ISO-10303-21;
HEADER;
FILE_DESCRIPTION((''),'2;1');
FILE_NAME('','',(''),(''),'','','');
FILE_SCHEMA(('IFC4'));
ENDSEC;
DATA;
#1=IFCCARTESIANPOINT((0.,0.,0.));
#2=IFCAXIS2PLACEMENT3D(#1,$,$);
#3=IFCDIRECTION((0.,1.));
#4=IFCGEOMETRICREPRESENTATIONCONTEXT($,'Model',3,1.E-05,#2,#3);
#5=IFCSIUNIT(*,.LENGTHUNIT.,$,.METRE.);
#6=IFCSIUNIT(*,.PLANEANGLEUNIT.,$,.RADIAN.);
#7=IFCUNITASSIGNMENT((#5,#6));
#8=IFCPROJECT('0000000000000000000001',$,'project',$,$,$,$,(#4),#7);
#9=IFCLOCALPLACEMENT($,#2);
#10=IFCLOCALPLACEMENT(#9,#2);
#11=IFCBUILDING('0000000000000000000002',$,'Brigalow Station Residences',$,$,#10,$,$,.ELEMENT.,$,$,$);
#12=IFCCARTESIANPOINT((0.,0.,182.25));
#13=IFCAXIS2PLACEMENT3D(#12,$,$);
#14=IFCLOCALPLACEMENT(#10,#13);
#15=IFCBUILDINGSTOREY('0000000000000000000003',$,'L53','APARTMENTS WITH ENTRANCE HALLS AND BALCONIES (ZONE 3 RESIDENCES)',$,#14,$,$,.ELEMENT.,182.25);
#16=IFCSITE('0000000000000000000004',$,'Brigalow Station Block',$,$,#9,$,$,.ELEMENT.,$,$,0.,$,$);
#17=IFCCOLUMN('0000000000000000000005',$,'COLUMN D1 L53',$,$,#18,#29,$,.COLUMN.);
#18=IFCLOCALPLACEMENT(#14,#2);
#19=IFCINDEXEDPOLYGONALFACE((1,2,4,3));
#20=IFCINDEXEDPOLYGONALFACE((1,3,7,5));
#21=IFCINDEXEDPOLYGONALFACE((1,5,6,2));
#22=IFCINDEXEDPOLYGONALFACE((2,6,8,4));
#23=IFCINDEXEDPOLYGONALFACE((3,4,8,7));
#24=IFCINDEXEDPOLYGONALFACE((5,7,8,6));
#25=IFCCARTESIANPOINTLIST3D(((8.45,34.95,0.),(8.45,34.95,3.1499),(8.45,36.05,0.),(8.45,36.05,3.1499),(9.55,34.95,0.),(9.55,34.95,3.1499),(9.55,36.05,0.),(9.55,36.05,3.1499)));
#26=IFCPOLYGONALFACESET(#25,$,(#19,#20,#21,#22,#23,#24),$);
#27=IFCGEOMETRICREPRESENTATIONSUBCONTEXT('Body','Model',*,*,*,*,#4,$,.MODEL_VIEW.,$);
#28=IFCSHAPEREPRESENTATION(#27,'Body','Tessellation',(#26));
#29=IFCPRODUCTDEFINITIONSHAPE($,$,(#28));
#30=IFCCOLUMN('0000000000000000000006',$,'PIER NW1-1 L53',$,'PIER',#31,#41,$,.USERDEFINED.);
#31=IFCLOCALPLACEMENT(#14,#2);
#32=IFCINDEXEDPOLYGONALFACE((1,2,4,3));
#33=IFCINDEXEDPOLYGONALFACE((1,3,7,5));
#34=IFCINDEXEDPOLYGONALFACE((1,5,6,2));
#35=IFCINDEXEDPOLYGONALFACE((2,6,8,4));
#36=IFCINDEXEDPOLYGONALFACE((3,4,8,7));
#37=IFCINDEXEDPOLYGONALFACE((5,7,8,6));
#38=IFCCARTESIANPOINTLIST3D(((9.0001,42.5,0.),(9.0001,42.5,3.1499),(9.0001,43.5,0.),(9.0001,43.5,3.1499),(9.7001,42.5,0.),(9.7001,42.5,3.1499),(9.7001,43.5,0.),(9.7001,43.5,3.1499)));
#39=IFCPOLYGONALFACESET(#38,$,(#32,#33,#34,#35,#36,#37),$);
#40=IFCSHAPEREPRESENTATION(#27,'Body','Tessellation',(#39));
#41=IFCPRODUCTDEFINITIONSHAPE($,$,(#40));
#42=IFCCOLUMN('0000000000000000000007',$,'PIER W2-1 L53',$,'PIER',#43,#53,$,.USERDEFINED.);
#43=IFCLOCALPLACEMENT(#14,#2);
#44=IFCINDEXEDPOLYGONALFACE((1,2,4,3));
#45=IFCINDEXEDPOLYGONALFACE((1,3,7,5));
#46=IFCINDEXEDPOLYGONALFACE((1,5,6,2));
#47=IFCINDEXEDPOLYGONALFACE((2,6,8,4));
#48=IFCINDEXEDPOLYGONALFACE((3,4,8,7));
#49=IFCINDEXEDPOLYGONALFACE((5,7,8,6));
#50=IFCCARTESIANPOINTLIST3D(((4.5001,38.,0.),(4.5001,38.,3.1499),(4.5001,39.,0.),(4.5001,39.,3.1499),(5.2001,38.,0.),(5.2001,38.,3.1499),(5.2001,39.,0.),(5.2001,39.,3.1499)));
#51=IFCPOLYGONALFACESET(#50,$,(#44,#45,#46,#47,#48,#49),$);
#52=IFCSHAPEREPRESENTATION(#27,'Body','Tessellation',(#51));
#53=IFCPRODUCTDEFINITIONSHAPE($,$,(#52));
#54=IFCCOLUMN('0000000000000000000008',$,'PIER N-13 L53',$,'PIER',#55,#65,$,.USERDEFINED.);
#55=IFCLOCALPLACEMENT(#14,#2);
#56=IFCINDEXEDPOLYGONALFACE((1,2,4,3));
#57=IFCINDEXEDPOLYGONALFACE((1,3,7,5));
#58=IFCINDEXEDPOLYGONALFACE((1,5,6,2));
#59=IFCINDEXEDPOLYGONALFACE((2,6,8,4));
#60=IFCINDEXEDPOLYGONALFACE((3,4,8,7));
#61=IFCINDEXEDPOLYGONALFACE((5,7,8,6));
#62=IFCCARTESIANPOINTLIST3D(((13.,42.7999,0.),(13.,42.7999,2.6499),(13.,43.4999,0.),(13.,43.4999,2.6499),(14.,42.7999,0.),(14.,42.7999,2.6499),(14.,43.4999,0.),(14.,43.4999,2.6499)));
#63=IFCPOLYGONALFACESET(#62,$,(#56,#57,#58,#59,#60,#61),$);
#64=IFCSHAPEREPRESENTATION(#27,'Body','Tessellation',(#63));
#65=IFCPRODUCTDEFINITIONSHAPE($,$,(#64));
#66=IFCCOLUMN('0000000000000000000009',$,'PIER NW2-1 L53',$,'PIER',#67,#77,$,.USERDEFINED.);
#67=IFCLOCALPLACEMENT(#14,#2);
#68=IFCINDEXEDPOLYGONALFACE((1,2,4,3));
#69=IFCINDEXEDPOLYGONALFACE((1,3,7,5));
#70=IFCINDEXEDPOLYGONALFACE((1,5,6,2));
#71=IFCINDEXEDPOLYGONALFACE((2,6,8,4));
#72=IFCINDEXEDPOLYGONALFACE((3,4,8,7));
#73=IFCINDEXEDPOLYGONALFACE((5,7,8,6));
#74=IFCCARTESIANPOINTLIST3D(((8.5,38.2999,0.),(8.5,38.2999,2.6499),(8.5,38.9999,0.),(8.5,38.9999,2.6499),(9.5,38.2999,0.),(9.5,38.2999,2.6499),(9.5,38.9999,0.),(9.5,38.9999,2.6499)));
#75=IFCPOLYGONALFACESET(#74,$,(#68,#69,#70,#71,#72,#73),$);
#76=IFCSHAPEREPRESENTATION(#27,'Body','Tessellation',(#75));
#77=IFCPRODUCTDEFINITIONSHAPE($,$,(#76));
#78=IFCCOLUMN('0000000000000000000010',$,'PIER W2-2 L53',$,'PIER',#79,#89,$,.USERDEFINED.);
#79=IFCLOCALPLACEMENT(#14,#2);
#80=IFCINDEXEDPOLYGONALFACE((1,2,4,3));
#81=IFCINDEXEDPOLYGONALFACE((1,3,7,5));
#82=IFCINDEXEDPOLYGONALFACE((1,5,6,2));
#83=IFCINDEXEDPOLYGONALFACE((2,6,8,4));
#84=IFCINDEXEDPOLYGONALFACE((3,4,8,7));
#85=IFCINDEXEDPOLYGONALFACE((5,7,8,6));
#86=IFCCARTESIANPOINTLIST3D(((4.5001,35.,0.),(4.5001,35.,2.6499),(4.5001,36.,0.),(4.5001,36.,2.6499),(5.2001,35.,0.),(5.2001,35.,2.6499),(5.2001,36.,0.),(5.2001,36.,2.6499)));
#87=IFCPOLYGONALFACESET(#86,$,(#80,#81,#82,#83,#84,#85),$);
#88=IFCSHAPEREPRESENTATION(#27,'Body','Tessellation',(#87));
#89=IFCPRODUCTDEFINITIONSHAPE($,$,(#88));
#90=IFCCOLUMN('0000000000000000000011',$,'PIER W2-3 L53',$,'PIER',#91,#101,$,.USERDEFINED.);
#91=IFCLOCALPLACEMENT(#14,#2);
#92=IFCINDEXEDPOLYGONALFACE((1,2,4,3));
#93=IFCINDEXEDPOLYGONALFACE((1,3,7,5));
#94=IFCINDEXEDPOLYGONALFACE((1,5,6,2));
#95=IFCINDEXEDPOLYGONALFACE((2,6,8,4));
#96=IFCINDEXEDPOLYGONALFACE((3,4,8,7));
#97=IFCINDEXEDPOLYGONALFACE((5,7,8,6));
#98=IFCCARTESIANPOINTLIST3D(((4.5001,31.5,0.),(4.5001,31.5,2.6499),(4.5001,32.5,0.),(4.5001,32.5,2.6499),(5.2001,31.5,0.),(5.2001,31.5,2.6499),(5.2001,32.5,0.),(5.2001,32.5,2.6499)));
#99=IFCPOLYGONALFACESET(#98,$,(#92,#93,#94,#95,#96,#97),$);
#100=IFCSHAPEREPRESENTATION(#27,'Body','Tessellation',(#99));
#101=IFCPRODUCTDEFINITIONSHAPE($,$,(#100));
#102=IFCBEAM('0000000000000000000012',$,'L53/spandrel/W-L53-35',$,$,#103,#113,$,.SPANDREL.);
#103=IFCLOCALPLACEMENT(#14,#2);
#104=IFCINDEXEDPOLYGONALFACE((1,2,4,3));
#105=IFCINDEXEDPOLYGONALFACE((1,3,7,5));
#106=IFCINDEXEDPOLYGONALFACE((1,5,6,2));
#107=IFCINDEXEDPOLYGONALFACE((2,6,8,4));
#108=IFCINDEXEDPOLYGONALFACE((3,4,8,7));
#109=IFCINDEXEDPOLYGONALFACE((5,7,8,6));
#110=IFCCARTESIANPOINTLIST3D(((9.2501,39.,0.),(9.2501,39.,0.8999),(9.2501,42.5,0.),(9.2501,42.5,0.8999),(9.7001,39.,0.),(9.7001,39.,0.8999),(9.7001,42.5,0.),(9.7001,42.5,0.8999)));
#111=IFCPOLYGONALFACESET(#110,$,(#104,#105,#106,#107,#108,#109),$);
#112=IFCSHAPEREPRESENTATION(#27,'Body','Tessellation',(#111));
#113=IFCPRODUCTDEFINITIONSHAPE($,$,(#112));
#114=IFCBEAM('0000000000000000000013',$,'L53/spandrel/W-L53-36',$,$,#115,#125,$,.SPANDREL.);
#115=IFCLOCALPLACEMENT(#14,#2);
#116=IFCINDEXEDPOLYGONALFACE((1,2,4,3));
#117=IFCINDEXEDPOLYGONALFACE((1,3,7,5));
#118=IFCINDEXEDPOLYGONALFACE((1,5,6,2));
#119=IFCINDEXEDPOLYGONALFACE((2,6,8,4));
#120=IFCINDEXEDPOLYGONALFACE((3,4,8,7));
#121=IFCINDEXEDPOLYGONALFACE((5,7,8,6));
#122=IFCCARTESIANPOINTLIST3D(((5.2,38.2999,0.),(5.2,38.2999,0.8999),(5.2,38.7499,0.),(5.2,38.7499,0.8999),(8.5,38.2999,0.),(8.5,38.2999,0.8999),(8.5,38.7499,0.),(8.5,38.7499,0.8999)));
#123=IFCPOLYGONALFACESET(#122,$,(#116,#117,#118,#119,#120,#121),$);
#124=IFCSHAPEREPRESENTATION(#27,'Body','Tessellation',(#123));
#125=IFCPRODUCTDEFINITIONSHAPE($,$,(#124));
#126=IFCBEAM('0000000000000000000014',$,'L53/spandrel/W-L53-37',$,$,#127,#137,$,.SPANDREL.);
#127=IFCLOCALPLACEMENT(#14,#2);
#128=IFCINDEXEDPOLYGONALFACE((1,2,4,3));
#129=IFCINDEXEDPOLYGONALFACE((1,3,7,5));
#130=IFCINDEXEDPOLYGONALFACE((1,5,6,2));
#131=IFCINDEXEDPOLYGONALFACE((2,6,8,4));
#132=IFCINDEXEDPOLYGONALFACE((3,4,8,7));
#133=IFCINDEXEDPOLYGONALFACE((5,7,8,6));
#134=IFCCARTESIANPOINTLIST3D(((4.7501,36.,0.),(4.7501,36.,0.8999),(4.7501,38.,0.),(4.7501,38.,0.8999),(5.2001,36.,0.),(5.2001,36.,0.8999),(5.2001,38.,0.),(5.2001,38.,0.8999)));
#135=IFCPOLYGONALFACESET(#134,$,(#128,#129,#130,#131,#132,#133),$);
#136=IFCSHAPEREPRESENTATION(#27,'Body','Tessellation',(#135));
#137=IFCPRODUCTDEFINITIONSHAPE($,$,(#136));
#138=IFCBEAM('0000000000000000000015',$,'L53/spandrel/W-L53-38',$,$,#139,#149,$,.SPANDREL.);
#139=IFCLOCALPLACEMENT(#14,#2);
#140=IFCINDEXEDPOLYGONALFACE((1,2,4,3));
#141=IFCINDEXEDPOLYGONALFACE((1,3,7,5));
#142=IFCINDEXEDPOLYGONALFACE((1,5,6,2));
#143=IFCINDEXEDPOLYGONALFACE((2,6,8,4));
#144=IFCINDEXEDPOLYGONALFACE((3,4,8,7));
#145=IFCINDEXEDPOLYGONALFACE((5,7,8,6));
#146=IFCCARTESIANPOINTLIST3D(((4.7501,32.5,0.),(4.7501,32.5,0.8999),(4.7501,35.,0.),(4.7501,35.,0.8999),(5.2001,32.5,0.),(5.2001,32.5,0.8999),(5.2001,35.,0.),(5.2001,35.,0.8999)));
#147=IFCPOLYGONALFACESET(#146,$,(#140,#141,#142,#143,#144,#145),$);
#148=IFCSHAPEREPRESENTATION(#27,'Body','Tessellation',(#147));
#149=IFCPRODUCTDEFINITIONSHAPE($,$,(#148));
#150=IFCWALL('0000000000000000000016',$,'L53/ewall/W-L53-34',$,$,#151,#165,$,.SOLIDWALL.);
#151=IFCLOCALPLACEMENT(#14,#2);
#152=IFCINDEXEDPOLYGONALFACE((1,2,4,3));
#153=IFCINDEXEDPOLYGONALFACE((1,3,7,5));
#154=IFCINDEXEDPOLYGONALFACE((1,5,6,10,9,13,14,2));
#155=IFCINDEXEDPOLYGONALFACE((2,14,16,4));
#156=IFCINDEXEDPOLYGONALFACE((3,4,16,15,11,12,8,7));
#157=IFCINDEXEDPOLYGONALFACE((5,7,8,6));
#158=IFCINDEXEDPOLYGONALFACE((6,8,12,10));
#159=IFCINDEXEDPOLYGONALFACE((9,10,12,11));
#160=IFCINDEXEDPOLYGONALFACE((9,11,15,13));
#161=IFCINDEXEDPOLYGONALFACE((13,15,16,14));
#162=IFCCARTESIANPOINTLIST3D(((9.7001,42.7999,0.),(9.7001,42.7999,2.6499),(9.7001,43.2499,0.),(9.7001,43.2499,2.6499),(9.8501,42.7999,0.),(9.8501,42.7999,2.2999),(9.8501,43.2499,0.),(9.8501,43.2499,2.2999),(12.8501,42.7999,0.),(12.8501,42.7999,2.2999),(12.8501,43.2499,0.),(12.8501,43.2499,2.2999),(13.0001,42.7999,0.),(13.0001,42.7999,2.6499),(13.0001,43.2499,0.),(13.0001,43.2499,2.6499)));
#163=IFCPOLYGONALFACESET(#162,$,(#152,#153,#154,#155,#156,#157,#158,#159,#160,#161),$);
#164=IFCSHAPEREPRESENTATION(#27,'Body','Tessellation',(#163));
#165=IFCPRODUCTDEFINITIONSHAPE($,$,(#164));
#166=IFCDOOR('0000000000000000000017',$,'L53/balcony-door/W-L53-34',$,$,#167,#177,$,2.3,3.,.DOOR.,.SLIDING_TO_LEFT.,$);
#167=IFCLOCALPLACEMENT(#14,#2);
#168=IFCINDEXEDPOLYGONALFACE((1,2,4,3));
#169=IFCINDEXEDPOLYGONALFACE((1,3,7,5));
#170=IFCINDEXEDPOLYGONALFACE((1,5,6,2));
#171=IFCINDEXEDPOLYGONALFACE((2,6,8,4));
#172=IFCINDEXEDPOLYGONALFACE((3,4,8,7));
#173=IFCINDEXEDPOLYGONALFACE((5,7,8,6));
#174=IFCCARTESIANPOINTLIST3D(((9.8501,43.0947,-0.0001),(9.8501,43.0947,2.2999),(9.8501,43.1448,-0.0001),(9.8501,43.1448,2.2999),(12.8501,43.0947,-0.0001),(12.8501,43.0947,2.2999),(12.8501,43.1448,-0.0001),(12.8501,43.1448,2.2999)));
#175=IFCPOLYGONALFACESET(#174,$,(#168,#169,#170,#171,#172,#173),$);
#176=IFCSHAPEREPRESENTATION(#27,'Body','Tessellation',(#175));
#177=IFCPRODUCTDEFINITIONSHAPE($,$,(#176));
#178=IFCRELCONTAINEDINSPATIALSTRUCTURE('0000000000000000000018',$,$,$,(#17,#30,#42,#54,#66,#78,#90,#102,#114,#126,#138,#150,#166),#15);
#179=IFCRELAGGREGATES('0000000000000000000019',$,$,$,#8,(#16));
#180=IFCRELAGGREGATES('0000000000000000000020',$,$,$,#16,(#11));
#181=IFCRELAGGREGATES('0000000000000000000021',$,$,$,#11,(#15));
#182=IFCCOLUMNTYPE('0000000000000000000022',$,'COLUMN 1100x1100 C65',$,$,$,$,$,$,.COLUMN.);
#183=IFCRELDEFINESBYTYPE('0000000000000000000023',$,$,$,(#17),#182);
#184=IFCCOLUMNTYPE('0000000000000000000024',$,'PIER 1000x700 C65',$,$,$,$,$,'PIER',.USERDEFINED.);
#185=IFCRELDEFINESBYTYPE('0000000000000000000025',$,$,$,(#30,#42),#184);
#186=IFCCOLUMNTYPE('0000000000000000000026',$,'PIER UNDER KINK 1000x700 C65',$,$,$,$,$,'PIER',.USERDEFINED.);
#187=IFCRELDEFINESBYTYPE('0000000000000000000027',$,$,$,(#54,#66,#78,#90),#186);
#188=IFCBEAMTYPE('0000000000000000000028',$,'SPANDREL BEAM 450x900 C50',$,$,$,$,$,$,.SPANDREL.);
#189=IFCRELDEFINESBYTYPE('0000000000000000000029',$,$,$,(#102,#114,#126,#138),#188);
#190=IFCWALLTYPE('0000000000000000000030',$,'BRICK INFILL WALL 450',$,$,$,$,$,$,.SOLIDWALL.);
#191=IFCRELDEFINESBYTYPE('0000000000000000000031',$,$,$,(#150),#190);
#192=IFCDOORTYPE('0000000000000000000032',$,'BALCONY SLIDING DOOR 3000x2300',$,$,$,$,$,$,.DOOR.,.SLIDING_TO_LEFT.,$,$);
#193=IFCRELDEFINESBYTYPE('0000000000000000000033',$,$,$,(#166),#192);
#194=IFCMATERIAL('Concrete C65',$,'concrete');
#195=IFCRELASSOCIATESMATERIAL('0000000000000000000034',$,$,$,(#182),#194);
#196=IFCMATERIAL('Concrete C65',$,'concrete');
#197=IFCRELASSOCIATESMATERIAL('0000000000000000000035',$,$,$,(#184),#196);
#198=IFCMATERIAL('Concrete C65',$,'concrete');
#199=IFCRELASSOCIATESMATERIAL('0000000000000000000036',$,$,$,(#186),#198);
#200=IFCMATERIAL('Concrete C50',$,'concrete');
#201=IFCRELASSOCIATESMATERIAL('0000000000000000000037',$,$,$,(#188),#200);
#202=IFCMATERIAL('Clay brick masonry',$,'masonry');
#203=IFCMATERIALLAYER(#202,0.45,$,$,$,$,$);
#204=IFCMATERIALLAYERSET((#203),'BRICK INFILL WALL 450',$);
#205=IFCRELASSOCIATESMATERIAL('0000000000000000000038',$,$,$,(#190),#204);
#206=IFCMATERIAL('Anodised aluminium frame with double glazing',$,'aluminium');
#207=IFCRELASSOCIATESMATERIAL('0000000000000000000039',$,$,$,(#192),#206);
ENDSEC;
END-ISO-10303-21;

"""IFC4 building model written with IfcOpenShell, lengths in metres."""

from ifc_helpers import new_model, si_unit, direction, frame, frame_2d, origin, origin_2d, place, context, subcontext, project, spatial, rectangle, extrude, material, layer, layer_set, material_profile, profile_set, type_object, element, fill, save


model = new_model("IFC4")

# Units and contexts
model_context = context("Model", 3, precision=1e-05, world=origin(), true_north=direction((0.0, 1.0)))
body_context = subcontext(model_context, "Body", "Model", "MODEL_VIEW")
ifc_project = project(units=[si_unit("LENGTHUNIT", "METRE"), si_unit("PLANEANGLEUNIT", "RADIAN")], contexts=[model_context])

# Site, building, storey
site_placement = place(None, origin())
site = spatial("IfcSite", under=ifc_project, at=site_placement, Name="Brigalow Station Block", CompositionType="ELEMENT", RefElevation=0.0)
building_placement = place(site_placement, origin())
building = spatial("IfcBuilding", under=site, at=building_placement, Name="Brigalow Station Residences", CompositionType="ELEMENT")
storey_placement = place(building_placement, frame((0.0, 0.0, 182.25)))
storey = spatial("IfcBuildingStorey", under=building, at=storey_placement, Name="L53", Description="APARTMENTS WITH ENTRANCE HALLS AND BALCONIES (ZONE 3 RESIDENCES)", CompositionType="ELEMENT", Elevation=182.25)

# Columns
ifc_material_1 = material(Name="Concrete C65", Category="concrete")
ifc_material_profile_1 = material_profile(ifc_material_1, rectangle(XDim=1.1001, YDim=1.1001, at=origin_2d()), Name="RC1100x1100")
ifc_profile_set_1 = profile_set([ifc_material_profile_1], Name="Concrete C65")
column_type_1 = type_object("IfcColumnType", Name="COLUMN 1100x1100 C65", PredefinedType="COLUMN", material=ifc_profile_set_1)
column_placement = place(storey_placement, frame((9.0, 35.5, 0.0), z_axis=(0.0, 0.0, 1.0), x_axis=(1.0, 0.0, 0.0)))
element("IfcColumn", 1, at=column_placement, inside=storey, type_object=column_type_1, Name="COLUMN D1 L53", PredefinedType="COLUMN", context=body_context, shape_type="SweptSolid", body=[
    extrude(rectangle(XDim=1.1001, YDim=1.1001, at=origin_2d()), origin(), (0.0, 0.0, 1.0), 3.1499),
])
ifc_material_2 = material(Name="Concrete C65", Category="concrete")
ifc_material_profile_2 = material_profile(ifc_material_2, rectangle(XDim=1.0, YDim=0.7, at=origin_2d()), Name="RC1000x700")
ifc_profile_set_2 = profile_set([ifc_material_profile_2], Name="Concrete C65")
column_type_2 = type_object("IfcColumnType", Name="PIER 1000x700 C65", ElementType="PIER", PredefinedType="USERDEFINED", material=ifc_profile_set_2)
for number, where, z_axis, x_axis, name in (
    (2, (9.3501, 43.0, 0.0), (0.0, 0.0, 1.0), (0.0, -1.0, 0.0), "PIER NW1-1 L53"),
    (3, (4.8501, 38.5, 0.0), (0.0, 0.0, 1.0), (0.0, -1.0, 0.0), "PIER W2-1 L53"),
):
    element("IfcColumn", number, at=place(storey_placement, frame(where, z_axis=z_axis, x_axis=x_axis)), inside=storey, type_object=column_type_2, Name=name, ObjectType="PIER", PredefinedType="USERDEFINED", context=body_context, shape_type="SweptSolid", body=[
        extrude(rectangle(XDim=1.0, YDim=0.7, at=origin_2d()), origin(), (0.0, 0.0, 1.0), 3.1499),
    ])
ifc_material_3 = material(Name="Concrete C65", Category="concrete")
ifc_material_profile_3 = material_profile(ifc_material_3, rectangle(XDim=1.0, YDim=0.7, at=origin_2d()), Name="RC1000x700")
ifc_profile_set_3 = profile_set([ifc_material_profile_3], Name="Concrete C65")
column_type_3 = type_object("IfcColumnType", Name="PIER UNDER KINK 1000x700 C65", ElementType="PIER", PredefinedType="USERDEFINED", material=ifc_profile_set_3)
for number, where, z_axis, x_axis, name in (
    (4, (13.5, 43.1499, 0.0), (0.0, 0.0, 1.0), (-1.0, 0.0, 0.0), "PIER N-13 L53"),
    (5, (9.0, 38.6499, 0.0), (0.0, 0.0, 1.0), (-1.0, 0.0, 0.0), "PIER NW2-1 L53"),
    (6, (4.8501, 35.5, 0.0), (0.0, 0.0, 1.0), (0.0, -1.0, 0.0), "PIER W2-2 L53"),
    (7, (4.8501, 32.0, 0.0), (0.0, 0.0, 1.0), (0.0, -1.0, 0.0), "PIER W2-3 L53"),
):
    element("IfcColumn", number, at=place(storey_placement, frame(where, z_axis=z_axis, x_axis=x_axis)), inside=storey, type_object=column_type_3, Name=name, ObjectType="PIER", PredefinedType="USERDEFINED", context=body_context, shape_type="SweptSolid", body=[
        extrude(rectangle(XDim=1.0, YDim=0.7, at=origin_2d()), origin(), (0.0, 0.0, 1.0), 2.6499),
    ])

# Beams
ifc_material_4 = material(Name="Concrete C50", Category="concrete")
ifc_material_profile_4 = material_profile(ifc_material_4, rectangle(XDim=0.45, YDim=0.8999, at=origin_2d()), Name="RC450x900")
ifc_profile_set_4 = profile_set([ifc_material_profile_4], Name="Concrete C50")
beam_type = type_object("IfcBeamType", Name="SPANDREL BEAM 450x900 C50", PredefinedType="SPANDREL", material=ifc_profile_set_4)
beam_1_placement = place(storey_placement, frame((9.4751, 42.5, 0.45), z_axis=(0.0, -1.0, 0.0), x_axis=(1.0, 0.0, 0.0)))
element("IfcBeam", 8, at=beam_1_placement, inside=storey, type_object=beam_type, Name="L53/spandrel/W-L53-35", PredefinedType="SPANDREL", context=body_context, shape_type="SweptSolid", body=[
    extrude(rectangle(XDim=0.45, YDim=0.8999, at=origin_2d()), origin(), (0.0, 0.0, 1.0), 3.5),
])
beam_2_placement = place(storey_placement, frame((8.5, 38.5249, 0.45), z_axis=(-1.0, 0.0, 0.0), x_axis=(0.0, -1.0, 0.0)))
element("IfcBeam", 9, at=beam_2_placement, inside=storey, type_object=beam_type, Name="L53/spandrel/W-L53-36", PredefinedType="SPANDREL", context=body_context, shape_type="SweptSolid", body=[
    extrude(rectangle(XDim=0.45, YDim=0.8999, at=origin_2d()), origin(), (0.0, 0.0, 1.0), 3.3),
])
beam_3_placement = place(storey_placement, frame((4.9751, 38.0, 0.45), z_axis=(0.0, -1.0, 0.0), x_axis=(1.0, 0.0, 0.0)))
element("IfcBeam", 10, at=beam_3_placement, inside=storey, type_object=beam_type, Name="L53/spandrel/W-L53-37", PredefinedType="SPANDREL", context=body_context, shape_type="SweptSolid", body=[
    extrude(rectangle(XDim=0.45, YDim=0.8999, at=origin_2d()), origin(), (0.0, 0.0, 1.0), 2.0),
])
beam_4_placement = place(storey_placement, frame((4.9751, 35.0, 0.45), z_axis=(0.0, -1.0, 0.0), x_axis=(1.0, 0.0, 0.0)))
element("IfcBeam", 11, at=beam_4_placement, inside=storey, type_object=beam_type, Name="L53/spandrel/W-L53-38", PredefinedType="SPANDREL", context=body_context, shape_type="SweptSolid", body=[
    extrude(rectangle(XDim=0.45, YDim=0.8999, at=origin_2d()), origin(), (0.0, 0.0, 1.0), 2.5),
])

# Wall, opening, door
ifc_material_5 = material(Name="Clay brick masonry", Category="masonry")
ifc_layer_1 = layer(ifc_material_5, 0.45)
ifc_layer_set_1 = layer_set([ifc_layer_1], Name="BRICK INFILL WALL 450")
wall_type_1 = type_object("IfcWallType", Name="BRICK INFILL WALL 450", PredefinedType="SOLIDWALL", material=ifc_layer_set_1)
wall_1_placement = place(storey_placement, frame((13.0, 43.0249, 0.0), z_axis=(0.0, 0.0, 1.0), x_axis=(-1.0, 0.0, 0.0)))
wall_1 = element("IfcWall", 12, at=wall_1_placement, inside=storey, type_object=wall_type_1, Name="L53/ewall/W-L53-34", PredefinedType="SOLIDWALL", context=body_context, shape_type="SweptSolid", body=[
    extrude(rectangle(XDim=3.3, YDim=0.45, at=frame_2d((1.6499, 0.0))), origin(), (0.0, 0.0, 1.0), 2.6499),
])
opening_1_placement = place(wall_1_placement, frame((0.1499, 0.0, 0.0)))
opening_1 = element("IfcOpeningElement", 13, at=opening_1_placement, cuts=wall_1, PredefinedType="OPENING", context=body_context, shape_type="SweptSolid", body=[
    extrude(rectangle(XDim=3.0, YDim=2.3, at=frame_2d((1.5, 1.1499))), frame((0.0, 0.2349, 0.0), z_axis=(0.0, -1.0, 0.0), x_axis=(1.0, 0.0, 0.0)), (0.0, 0.0, 1.0), 0.47),
])
ifc_material_6 = material(Name="Anodised aluminium frame with double glazing", Category="aluminium")
door_type_1 = type_object("IfcDoorType", Name="BALCONY SLIDING DOOR 3000x2300", OperationType="SLIDING_TO_LEFT", PredefinedType="DOOR", material=ifc_material_6)
door_1_placement = place(opening_1_placement, origin())
door_1 = element("IfcDoor", 14, at=door_1_placement, inside=storey, type_object=door_type_1, Name="L53/balcony-door/W-L53-34", OperationType="SLIDING_TO_LEFT", OverallHeight=2.3, OverallWidth=3.0, PredefinedType="DOOR", context=body_context, shape_type="SweptSolid", body=[
    extrude(rectangle(XDim=3.0, YDim=2.3, at=frame_2d((1.5, 1.1499))), frame((0.0, -0.0698, 0.0), z_axis=(0.0, -1.0, 0.0), x_axis=(1.0, 0.0, 0.0)), (0.0, 0.0, 1.0), 0.05),
])
fill(opening_1, door_1)

save(model, "model.ifc")
